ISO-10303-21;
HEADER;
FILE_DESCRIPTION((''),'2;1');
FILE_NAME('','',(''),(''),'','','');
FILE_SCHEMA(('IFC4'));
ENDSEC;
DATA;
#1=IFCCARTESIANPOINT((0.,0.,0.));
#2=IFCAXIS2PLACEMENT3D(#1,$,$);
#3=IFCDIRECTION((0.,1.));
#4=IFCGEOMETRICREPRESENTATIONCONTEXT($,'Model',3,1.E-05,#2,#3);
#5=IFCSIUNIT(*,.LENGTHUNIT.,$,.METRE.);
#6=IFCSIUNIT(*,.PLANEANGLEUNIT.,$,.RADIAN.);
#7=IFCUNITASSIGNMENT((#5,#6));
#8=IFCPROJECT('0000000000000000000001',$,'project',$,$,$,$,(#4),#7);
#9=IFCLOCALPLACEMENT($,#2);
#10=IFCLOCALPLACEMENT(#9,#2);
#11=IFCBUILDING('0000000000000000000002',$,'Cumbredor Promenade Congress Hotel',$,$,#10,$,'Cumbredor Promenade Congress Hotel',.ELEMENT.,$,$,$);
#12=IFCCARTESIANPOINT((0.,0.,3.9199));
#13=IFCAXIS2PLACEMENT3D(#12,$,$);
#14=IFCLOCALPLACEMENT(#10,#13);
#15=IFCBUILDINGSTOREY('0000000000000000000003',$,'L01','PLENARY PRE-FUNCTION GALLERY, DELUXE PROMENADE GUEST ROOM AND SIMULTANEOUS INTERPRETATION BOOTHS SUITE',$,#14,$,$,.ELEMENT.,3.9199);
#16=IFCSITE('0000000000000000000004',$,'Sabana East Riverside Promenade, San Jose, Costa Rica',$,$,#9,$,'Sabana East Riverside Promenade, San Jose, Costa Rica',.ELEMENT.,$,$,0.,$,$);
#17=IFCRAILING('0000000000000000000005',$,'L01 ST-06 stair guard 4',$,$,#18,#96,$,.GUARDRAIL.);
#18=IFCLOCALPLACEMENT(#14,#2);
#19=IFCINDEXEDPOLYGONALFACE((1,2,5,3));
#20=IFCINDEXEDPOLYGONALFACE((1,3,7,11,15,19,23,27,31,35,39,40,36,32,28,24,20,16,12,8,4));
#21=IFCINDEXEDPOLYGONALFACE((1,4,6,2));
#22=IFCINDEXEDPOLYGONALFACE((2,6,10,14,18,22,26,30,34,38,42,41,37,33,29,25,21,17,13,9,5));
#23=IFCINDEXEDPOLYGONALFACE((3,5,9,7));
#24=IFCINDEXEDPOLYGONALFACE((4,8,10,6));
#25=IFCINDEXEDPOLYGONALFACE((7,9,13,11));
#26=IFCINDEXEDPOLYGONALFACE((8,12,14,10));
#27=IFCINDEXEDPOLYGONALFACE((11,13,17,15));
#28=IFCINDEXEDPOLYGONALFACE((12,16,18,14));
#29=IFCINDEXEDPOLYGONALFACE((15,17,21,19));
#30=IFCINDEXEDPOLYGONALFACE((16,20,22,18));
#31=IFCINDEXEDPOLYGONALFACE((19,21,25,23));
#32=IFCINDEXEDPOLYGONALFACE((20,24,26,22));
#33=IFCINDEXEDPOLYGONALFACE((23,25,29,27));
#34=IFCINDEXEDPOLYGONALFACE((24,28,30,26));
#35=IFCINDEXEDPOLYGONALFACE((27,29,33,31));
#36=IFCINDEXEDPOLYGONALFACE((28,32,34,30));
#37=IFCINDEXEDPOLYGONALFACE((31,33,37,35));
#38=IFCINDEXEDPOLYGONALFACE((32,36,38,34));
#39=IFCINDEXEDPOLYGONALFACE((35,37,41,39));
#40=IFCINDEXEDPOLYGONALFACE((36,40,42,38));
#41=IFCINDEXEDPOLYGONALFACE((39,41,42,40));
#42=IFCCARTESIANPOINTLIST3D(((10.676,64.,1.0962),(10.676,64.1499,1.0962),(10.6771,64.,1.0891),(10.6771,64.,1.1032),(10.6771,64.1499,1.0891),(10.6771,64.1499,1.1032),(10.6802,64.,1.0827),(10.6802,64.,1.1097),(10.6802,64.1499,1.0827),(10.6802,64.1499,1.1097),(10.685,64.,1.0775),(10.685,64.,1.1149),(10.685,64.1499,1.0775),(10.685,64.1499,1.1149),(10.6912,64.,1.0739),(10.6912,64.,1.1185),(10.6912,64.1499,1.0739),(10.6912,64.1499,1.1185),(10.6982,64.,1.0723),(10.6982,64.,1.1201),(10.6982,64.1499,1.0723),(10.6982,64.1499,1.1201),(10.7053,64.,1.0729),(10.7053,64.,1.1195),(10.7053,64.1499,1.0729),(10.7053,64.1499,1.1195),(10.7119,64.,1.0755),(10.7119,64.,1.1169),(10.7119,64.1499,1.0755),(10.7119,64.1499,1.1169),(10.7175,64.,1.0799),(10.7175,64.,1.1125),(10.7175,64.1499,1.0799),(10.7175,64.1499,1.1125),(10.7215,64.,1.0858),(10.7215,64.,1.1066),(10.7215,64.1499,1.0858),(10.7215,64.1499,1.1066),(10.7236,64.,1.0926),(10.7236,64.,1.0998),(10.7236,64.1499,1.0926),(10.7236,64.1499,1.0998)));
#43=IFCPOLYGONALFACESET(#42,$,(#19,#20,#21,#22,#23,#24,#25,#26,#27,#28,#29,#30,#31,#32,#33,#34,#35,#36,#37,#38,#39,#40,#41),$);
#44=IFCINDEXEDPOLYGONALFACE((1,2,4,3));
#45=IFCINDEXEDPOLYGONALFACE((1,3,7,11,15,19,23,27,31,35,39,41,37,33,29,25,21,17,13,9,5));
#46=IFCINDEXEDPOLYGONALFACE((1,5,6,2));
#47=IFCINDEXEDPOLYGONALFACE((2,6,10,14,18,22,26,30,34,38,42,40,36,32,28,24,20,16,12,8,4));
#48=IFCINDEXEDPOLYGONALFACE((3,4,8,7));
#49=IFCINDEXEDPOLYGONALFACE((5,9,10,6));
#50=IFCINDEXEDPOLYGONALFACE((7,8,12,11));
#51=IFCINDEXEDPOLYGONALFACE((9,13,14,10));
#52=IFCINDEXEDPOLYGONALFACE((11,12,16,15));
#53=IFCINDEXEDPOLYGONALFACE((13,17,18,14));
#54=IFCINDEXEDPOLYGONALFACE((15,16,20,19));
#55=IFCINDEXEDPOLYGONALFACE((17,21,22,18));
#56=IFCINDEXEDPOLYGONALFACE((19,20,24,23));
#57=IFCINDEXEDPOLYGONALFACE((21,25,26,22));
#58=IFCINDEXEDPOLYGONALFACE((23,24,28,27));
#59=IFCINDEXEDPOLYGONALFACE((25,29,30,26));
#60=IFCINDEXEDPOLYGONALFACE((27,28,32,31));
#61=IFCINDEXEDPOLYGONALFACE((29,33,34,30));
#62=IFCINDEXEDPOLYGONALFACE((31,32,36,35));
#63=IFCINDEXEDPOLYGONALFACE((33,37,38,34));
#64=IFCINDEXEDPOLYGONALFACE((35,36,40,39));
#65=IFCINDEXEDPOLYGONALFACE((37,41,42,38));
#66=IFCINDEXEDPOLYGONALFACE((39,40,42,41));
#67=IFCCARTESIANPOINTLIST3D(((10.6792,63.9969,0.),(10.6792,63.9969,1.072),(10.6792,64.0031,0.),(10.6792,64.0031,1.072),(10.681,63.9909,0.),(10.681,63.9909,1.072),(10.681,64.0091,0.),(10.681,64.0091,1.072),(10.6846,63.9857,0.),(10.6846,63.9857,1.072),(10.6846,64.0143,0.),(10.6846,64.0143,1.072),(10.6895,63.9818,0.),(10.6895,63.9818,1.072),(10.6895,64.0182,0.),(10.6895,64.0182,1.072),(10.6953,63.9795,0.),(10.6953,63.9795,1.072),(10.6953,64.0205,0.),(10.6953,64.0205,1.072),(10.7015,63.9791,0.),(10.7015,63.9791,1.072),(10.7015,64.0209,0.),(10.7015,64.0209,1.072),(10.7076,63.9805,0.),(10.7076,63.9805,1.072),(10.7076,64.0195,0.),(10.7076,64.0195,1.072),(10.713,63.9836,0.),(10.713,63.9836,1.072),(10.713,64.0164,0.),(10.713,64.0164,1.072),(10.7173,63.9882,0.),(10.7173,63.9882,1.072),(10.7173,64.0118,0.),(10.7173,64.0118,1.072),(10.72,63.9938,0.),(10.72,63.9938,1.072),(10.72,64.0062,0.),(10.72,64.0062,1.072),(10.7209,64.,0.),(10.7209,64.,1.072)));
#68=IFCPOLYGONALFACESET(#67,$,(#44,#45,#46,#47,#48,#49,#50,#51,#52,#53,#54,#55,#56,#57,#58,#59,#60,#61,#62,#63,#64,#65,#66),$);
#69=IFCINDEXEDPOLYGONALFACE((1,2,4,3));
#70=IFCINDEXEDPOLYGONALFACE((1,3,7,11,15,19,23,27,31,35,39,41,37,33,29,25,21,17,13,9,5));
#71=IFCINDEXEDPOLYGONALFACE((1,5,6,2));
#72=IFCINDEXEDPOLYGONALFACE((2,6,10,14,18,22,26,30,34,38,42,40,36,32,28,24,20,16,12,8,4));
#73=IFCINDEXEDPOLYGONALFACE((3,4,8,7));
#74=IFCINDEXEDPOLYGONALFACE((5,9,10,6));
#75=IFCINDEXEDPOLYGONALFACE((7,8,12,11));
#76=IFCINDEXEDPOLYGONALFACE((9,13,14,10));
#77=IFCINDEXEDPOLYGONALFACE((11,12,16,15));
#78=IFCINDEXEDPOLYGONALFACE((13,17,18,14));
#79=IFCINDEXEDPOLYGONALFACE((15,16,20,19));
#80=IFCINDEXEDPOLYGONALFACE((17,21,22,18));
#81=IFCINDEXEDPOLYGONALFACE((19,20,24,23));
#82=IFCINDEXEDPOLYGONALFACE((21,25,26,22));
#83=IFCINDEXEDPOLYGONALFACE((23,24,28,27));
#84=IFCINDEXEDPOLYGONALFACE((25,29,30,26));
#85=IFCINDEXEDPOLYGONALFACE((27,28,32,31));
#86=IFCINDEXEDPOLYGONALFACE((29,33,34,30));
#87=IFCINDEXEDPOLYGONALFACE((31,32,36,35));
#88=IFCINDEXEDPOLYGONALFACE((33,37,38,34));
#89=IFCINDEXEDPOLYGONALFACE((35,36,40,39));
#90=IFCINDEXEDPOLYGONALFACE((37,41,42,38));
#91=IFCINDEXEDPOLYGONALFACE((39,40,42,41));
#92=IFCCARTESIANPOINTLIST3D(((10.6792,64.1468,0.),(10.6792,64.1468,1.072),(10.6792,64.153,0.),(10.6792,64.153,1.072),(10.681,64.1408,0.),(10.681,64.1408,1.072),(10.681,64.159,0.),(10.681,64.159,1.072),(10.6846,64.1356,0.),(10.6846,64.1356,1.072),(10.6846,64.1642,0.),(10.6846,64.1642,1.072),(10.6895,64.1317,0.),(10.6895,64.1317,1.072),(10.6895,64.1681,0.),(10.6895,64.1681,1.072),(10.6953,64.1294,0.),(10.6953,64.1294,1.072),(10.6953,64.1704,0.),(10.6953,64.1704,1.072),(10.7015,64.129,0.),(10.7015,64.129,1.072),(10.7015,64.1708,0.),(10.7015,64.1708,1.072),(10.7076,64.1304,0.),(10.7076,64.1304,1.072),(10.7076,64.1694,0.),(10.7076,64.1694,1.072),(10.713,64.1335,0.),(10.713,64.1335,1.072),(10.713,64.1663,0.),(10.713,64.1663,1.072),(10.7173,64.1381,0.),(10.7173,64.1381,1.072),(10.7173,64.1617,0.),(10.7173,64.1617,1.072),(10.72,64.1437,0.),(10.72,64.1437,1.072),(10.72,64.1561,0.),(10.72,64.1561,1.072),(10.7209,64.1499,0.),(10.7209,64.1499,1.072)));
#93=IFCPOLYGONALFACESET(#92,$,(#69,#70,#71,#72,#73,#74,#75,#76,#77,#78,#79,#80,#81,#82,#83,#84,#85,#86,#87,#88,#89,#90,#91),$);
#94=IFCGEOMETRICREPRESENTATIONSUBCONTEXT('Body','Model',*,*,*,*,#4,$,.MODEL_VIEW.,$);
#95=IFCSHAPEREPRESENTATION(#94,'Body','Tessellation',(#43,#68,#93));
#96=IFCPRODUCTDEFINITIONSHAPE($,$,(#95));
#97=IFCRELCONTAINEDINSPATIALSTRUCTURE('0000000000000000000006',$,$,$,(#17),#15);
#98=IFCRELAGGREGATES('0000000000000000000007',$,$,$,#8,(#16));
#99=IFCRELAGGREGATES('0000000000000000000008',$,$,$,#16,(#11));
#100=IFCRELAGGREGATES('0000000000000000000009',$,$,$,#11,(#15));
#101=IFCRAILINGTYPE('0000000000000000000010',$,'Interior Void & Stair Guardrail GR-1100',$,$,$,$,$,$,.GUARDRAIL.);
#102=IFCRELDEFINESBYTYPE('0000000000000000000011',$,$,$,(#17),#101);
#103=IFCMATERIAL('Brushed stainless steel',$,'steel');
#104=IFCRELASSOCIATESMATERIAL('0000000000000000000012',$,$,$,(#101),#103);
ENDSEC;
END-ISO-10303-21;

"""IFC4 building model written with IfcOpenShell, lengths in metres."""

from ifc_helpers import new_model, si_unit, direction, frame, origin, origin_2d, place, context, subcontext, project, spatial, circle, extrude, material, type_object, element, save


model = new_model("IFC4")

# Units and contexts
model_context = context("Model", 3, precision=1e-05, world=origin(), true_north=direction((0.0, 1.0)))
body_context = subcontext(model_context, "Body", "Model", "MODEL_VIEW")
ifc_project = project(units=[si_unit("LENGTHUNIT", "METRE"), si_unit("PLANEANGLEUNIT", "RADIAN")], contexts=[model_context])

# Site, building, storey
site_placement = place(None, origin())
site = spatial("IfcSite", under=ifc_project, at=site_placement, Name="Sabana East Riverside Promenade, San Jose, Costa Rica", LongName="Sabana East Riverside Promenade, San Jose, Costa Rica", CompositionType="ELEMENT", RefElevation=0.0)
building_placement = place(site_placement, origin())
building = spatial("IfcBuilding", under=site, at=building_placement, Name="Cumbredor Promenade Congress Hotel", LongName="Cumbredor Promenade Congress Hotel", CompositionType="ELEMENT")
storey_placement = place(building_placement, frame((0.0, 0.0, 3.9199)))
storey = spatial("IfcBuildingStorey", under=building, at=storey_placement, Name="L01", Description="PLENARY PRE-FUNCTION GALLERY, DELUXE PROMENADE GUEST ROOM AND SIMULTANEOUS INTERPRETATION BOOTHS SUITE", CompositionType="ELEMENT", Elevation=3.9199)

# Railing
ifc_material_1 = material(Name="Brushed stainless steel", Category="steel")
railing_type_1 = type_object("IfcRailingType", Name="Interior Void & Stair Guardrail GR-1100", PredefinedType="GUARDRAIL", material=ifc_material_1)
railing_1_placement = place(storey_placement, frame((10.7, 64.0, 0.0)))
element("IfcRailing", 1, at=railing_1_placement, inside=storey, type_object=railing_type_1, Name="L01 ST-06 stair guard 4", PredefinedType="GUARDRAIL", context=body_context, shape_type="SweptSolid", body=[
    extrude(circle(Radius=0.0239, at=origin_2d()), frame((0.0, 0.0, 1.0962), z_axis=(0.0, 1.0, 0.0), x_axis=(-1.0, 0.0, 0.0)), (0.0, 0.0, 1.0), 0.1499),
    extrude(circle(Radius=0.021, at=origin_2d()), origin(), (0.0, 0.0, 1.0), 1.072),
    extrude(circle(Radius=0.021, at=origin_2d()), frame((0.0, 0.1499, 0.0)), (0.0, 0.0, 1.0), 1.072),
])

save(model, "model.ifc")
